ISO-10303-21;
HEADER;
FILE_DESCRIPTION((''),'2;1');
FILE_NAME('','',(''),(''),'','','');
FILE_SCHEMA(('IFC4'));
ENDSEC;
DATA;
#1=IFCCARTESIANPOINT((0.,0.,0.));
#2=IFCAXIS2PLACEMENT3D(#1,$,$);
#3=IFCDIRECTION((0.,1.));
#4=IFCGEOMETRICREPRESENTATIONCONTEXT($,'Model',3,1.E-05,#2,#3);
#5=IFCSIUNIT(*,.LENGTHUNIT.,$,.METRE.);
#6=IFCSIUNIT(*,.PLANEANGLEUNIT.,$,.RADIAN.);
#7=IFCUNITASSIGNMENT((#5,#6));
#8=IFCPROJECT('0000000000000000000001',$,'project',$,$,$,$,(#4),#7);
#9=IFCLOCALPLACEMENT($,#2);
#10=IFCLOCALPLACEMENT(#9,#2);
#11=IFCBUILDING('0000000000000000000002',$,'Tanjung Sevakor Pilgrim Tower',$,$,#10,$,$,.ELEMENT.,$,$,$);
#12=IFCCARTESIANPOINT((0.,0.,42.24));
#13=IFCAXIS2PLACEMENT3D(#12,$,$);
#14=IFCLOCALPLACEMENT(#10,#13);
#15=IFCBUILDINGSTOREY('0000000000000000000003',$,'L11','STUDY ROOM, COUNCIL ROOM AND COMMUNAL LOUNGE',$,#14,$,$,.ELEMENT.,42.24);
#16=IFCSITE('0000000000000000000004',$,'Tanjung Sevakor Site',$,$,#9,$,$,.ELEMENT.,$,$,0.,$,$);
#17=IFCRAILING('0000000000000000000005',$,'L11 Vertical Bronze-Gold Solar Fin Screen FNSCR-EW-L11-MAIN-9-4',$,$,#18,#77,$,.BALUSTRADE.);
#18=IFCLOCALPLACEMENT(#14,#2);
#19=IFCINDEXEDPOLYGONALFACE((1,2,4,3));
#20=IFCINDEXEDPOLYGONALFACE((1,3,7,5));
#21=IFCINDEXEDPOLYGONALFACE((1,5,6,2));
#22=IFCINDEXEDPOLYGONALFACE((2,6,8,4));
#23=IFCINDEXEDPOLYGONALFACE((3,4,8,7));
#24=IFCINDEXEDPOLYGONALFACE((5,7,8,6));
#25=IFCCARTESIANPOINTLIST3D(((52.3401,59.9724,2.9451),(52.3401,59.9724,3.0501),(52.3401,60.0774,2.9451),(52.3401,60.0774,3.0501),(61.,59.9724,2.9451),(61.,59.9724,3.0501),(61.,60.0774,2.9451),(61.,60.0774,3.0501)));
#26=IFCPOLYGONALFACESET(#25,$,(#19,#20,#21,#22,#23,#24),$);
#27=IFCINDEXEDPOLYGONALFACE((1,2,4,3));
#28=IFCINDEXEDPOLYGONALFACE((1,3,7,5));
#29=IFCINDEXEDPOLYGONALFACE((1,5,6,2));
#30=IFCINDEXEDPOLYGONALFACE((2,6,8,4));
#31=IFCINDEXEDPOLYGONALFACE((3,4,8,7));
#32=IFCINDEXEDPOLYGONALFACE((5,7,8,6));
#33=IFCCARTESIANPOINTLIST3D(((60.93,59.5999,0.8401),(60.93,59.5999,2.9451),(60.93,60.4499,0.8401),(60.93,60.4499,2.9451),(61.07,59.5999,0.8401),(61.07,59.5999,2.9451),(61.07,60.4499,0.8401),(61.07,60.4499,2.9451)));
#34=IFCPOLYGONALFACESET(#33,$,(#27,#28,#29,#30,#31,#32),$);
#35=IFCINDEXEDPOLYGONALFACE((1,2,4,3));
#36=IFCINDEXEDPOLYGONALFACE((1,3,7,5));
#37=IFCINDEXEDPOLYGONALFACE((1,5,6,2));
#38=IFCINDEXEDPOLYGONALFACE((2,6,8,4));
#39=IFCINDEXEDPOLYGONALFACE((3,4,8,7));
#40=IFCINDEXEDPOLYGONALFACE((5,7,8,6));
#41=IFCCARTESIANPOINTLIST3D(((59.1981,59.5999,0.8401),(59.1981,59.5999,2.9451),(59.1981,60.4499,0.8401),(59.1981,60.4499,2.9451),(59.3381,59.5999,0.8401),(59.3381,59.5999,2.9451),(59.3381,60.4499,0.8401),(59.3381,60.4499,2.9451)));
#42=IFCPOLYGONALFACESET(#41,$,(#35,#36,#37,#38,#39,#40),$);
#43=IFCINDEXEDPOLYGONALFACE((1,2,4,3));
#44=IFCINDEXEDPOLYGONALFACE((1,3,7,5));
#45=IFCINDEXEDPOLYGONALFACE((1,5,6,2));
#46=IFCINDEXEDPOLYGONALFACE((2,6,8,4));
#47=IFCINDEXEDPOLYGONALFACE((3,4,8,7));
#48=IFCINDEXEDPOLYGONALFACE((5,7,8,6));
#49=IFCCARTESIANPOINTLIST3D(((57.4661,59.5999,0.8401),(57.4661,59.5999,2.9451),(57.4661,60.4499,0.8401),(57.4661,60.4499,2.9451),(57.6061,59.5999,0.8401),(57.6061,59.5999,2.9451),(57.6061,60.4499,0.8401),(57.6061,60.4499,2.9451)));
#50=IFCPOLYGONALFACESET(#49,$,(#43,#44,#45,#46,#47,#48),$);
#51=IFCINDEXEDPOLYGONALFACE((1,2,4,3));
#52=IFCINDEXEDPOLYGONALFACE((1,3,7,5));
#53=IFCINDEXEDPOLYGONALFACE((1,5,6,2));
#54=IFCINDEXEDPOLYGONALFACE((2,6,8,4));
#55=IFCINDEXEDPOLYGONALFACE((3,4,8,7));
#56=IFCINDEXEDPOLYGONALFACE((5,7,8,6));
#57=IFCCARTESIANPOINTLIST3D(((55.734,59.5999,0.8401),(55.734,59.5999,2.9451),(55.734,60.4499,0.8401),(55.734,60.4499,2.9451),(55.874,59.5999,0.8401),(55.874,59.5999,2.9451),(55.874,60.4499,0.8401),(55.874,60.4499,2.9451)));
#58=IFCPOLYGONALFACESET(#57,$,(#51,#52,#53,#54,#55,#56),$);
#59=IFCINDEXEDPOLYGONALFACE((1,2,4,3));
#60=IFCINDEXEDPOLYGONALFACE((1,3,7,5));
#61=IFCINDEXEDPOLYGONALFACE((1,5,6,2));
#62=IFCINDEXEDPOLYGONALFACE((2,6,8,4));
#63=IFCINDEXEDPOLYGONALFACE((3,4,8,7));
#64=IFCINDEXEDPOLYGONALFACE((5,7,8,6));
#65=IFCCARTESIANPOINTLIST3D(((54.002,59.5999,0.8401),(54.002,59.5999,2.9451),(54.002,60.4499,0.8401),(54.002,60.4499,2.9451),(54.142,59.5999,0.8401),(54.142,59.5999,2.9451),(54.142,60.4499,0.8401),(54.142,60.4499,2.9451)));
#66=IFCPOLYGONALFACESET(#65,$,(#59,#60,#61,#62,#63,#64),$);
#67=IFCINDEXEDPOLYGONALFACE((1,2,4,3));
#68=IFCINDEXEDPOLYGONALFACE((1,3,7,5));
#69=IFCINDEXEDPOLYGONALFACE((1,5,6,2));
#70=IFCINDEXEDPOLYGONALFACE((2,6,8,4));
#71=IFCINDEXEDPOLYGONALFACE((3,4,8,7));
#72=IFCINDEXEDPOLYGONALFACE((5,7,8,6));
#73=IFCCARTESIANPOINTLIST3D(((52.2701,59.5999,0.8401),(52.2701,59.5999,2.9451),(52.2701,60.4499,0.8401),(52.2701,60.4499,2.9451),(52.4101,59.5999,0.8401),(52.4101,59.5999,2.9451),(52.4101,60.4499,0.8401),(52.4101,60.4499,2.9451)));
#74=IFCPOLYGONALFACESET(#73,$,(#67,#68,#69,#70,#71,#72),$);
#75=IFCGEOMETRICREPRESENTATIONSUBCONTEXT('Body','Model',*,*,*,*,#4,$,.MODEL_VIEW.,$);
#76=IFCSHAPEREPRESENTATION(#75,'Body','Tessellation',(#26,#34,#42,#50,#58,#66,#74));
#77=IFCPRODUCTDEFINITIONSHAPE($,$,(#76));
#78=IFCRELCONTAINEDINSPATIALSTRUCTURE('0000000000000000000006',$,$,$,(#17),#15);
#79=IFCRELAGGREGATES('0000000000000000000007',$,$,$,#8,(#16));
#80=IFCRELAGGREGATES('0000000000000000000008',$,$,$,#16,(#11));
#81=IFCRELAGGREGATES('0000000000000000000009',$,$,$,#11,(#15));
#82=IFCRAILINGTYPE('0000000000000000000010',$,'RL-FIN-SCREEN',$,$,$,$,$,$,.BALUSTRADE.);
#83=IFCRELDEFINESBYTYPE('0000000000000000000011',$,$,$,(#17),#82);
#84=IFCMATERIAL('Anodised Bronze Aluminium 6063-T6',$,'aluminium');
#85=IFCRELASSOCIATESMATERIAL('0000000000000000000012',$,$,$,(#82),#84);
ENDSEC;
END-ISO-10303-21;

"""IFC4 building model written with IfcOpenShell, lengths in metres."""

from ifc_helpers import new_model, si_unit, direction, frame, origin, place, context, subcontext, project, spatial, rectangle, extrude, material, type_object, element, save


model = new_model("IFC4")

# Units and contexts
model_context = context("Model", 3, precision=1e-05, world=origin(), true_north=direction((0.0, 1.0)))
body_context = subcontext(model_context, "Body", "Model", "MODEL_VIEW")
ifc_project = project(units=[si_unit("LENGTHUNIT", "METRE"), si_unit("PLANEANGLEUNIT", "RADIAN")], contexts=[model_context])

# Site, building, storey
site_placement = place(None, origin())
site = spatial("IfcSite", under=ifc_project, at=site_placement, Name="Tanjung Sevakor Site", CompositionType="ELEMENT", RefElevation=0.0)
building_placement = place(site_placement, origin())
building = spatial("IfcBuilding", under=site, at=building_placement, Name="Tanjung Sevakor Pilgrim Tower", CompositionType="ELEMENT")
storey_placement = place(building_placement, frame((0.0, 0.0, 42.24)))
storey = spatial("IfcBuildingStorey", under=building, at=storey_placement, Name="L11", Description="STUDY ROOM, COUNCIL ROOM AND COMMUNAL LOUNGE", CompositionType="ELEMENT", Elevation=42.24)

# Railing
ifc_material_1 = material(Name="Anodised Bronze Aluminium 6063-T6", Category="aluminium")
railing_type_1 = type_object("IfcRailingType", Name="RL-FIN-SCREEN", PredefinedType="BALUSTRADE", material=ifc_material_1)
railing_1_placement = place(storey_placement, frame((61.0, 60.0249, 0.8401)))
element("IfcRailing", 1, at=railing_1_placement, inside=storey, type_object=railing_type_1, Name="L11 Vertical Bronze-Gold Solar Fin Screen FNSCR-EW-L11-MAIN-9-4", PredefinedType="BALUSTRADE", context=body_context, shape_type="SweptSolid", body=[
    extrude(rectangle(XDim=0.105, YDim=0.105), frame((0.0, 0.0, 2.1575), z_axis=(-1.0, 0.0, 0.0), x_axis=(0.0, -1.0, 0.0)), (0.0, 0.0, 1.0), 8.6599),
    extrude(rectangle(XDim=0.14, YDim=0.85), origin(), (0.0, 0.0, 1.0), 2.105),
    extrude(rectangle(XDim=0.14, YDim=0.85), frame((-1.7319, 0.0, 0.0)), (0.0, 0.0, 1.0), 2.105),
    extrude(rectangle(XDim=0.14, YDim=0.85), frame((-3.4639, 0.0, 0.0)), (0.0, 0.0, 1.0), 2.105),
    extrude(rectangle(XDim=0.14, YDim=0.85), frame((-5.196, 0.0, 0.0)), (0.0, 0.0, 1.0), 2.105),
    extrude(rectangle(XDim=0.14, YDim=0.85), frame((-6.928, 0.0, 0.0)), (0.0, 0.0, 1.0), 2.105),
    extrude(rectangle(XDim=0.14, YDim=0.85), frame((-8.6599, 0.0, 0.0)), (0.0, 0.0, 1.0), 2.105),
])

save(model, "model.ifc")
